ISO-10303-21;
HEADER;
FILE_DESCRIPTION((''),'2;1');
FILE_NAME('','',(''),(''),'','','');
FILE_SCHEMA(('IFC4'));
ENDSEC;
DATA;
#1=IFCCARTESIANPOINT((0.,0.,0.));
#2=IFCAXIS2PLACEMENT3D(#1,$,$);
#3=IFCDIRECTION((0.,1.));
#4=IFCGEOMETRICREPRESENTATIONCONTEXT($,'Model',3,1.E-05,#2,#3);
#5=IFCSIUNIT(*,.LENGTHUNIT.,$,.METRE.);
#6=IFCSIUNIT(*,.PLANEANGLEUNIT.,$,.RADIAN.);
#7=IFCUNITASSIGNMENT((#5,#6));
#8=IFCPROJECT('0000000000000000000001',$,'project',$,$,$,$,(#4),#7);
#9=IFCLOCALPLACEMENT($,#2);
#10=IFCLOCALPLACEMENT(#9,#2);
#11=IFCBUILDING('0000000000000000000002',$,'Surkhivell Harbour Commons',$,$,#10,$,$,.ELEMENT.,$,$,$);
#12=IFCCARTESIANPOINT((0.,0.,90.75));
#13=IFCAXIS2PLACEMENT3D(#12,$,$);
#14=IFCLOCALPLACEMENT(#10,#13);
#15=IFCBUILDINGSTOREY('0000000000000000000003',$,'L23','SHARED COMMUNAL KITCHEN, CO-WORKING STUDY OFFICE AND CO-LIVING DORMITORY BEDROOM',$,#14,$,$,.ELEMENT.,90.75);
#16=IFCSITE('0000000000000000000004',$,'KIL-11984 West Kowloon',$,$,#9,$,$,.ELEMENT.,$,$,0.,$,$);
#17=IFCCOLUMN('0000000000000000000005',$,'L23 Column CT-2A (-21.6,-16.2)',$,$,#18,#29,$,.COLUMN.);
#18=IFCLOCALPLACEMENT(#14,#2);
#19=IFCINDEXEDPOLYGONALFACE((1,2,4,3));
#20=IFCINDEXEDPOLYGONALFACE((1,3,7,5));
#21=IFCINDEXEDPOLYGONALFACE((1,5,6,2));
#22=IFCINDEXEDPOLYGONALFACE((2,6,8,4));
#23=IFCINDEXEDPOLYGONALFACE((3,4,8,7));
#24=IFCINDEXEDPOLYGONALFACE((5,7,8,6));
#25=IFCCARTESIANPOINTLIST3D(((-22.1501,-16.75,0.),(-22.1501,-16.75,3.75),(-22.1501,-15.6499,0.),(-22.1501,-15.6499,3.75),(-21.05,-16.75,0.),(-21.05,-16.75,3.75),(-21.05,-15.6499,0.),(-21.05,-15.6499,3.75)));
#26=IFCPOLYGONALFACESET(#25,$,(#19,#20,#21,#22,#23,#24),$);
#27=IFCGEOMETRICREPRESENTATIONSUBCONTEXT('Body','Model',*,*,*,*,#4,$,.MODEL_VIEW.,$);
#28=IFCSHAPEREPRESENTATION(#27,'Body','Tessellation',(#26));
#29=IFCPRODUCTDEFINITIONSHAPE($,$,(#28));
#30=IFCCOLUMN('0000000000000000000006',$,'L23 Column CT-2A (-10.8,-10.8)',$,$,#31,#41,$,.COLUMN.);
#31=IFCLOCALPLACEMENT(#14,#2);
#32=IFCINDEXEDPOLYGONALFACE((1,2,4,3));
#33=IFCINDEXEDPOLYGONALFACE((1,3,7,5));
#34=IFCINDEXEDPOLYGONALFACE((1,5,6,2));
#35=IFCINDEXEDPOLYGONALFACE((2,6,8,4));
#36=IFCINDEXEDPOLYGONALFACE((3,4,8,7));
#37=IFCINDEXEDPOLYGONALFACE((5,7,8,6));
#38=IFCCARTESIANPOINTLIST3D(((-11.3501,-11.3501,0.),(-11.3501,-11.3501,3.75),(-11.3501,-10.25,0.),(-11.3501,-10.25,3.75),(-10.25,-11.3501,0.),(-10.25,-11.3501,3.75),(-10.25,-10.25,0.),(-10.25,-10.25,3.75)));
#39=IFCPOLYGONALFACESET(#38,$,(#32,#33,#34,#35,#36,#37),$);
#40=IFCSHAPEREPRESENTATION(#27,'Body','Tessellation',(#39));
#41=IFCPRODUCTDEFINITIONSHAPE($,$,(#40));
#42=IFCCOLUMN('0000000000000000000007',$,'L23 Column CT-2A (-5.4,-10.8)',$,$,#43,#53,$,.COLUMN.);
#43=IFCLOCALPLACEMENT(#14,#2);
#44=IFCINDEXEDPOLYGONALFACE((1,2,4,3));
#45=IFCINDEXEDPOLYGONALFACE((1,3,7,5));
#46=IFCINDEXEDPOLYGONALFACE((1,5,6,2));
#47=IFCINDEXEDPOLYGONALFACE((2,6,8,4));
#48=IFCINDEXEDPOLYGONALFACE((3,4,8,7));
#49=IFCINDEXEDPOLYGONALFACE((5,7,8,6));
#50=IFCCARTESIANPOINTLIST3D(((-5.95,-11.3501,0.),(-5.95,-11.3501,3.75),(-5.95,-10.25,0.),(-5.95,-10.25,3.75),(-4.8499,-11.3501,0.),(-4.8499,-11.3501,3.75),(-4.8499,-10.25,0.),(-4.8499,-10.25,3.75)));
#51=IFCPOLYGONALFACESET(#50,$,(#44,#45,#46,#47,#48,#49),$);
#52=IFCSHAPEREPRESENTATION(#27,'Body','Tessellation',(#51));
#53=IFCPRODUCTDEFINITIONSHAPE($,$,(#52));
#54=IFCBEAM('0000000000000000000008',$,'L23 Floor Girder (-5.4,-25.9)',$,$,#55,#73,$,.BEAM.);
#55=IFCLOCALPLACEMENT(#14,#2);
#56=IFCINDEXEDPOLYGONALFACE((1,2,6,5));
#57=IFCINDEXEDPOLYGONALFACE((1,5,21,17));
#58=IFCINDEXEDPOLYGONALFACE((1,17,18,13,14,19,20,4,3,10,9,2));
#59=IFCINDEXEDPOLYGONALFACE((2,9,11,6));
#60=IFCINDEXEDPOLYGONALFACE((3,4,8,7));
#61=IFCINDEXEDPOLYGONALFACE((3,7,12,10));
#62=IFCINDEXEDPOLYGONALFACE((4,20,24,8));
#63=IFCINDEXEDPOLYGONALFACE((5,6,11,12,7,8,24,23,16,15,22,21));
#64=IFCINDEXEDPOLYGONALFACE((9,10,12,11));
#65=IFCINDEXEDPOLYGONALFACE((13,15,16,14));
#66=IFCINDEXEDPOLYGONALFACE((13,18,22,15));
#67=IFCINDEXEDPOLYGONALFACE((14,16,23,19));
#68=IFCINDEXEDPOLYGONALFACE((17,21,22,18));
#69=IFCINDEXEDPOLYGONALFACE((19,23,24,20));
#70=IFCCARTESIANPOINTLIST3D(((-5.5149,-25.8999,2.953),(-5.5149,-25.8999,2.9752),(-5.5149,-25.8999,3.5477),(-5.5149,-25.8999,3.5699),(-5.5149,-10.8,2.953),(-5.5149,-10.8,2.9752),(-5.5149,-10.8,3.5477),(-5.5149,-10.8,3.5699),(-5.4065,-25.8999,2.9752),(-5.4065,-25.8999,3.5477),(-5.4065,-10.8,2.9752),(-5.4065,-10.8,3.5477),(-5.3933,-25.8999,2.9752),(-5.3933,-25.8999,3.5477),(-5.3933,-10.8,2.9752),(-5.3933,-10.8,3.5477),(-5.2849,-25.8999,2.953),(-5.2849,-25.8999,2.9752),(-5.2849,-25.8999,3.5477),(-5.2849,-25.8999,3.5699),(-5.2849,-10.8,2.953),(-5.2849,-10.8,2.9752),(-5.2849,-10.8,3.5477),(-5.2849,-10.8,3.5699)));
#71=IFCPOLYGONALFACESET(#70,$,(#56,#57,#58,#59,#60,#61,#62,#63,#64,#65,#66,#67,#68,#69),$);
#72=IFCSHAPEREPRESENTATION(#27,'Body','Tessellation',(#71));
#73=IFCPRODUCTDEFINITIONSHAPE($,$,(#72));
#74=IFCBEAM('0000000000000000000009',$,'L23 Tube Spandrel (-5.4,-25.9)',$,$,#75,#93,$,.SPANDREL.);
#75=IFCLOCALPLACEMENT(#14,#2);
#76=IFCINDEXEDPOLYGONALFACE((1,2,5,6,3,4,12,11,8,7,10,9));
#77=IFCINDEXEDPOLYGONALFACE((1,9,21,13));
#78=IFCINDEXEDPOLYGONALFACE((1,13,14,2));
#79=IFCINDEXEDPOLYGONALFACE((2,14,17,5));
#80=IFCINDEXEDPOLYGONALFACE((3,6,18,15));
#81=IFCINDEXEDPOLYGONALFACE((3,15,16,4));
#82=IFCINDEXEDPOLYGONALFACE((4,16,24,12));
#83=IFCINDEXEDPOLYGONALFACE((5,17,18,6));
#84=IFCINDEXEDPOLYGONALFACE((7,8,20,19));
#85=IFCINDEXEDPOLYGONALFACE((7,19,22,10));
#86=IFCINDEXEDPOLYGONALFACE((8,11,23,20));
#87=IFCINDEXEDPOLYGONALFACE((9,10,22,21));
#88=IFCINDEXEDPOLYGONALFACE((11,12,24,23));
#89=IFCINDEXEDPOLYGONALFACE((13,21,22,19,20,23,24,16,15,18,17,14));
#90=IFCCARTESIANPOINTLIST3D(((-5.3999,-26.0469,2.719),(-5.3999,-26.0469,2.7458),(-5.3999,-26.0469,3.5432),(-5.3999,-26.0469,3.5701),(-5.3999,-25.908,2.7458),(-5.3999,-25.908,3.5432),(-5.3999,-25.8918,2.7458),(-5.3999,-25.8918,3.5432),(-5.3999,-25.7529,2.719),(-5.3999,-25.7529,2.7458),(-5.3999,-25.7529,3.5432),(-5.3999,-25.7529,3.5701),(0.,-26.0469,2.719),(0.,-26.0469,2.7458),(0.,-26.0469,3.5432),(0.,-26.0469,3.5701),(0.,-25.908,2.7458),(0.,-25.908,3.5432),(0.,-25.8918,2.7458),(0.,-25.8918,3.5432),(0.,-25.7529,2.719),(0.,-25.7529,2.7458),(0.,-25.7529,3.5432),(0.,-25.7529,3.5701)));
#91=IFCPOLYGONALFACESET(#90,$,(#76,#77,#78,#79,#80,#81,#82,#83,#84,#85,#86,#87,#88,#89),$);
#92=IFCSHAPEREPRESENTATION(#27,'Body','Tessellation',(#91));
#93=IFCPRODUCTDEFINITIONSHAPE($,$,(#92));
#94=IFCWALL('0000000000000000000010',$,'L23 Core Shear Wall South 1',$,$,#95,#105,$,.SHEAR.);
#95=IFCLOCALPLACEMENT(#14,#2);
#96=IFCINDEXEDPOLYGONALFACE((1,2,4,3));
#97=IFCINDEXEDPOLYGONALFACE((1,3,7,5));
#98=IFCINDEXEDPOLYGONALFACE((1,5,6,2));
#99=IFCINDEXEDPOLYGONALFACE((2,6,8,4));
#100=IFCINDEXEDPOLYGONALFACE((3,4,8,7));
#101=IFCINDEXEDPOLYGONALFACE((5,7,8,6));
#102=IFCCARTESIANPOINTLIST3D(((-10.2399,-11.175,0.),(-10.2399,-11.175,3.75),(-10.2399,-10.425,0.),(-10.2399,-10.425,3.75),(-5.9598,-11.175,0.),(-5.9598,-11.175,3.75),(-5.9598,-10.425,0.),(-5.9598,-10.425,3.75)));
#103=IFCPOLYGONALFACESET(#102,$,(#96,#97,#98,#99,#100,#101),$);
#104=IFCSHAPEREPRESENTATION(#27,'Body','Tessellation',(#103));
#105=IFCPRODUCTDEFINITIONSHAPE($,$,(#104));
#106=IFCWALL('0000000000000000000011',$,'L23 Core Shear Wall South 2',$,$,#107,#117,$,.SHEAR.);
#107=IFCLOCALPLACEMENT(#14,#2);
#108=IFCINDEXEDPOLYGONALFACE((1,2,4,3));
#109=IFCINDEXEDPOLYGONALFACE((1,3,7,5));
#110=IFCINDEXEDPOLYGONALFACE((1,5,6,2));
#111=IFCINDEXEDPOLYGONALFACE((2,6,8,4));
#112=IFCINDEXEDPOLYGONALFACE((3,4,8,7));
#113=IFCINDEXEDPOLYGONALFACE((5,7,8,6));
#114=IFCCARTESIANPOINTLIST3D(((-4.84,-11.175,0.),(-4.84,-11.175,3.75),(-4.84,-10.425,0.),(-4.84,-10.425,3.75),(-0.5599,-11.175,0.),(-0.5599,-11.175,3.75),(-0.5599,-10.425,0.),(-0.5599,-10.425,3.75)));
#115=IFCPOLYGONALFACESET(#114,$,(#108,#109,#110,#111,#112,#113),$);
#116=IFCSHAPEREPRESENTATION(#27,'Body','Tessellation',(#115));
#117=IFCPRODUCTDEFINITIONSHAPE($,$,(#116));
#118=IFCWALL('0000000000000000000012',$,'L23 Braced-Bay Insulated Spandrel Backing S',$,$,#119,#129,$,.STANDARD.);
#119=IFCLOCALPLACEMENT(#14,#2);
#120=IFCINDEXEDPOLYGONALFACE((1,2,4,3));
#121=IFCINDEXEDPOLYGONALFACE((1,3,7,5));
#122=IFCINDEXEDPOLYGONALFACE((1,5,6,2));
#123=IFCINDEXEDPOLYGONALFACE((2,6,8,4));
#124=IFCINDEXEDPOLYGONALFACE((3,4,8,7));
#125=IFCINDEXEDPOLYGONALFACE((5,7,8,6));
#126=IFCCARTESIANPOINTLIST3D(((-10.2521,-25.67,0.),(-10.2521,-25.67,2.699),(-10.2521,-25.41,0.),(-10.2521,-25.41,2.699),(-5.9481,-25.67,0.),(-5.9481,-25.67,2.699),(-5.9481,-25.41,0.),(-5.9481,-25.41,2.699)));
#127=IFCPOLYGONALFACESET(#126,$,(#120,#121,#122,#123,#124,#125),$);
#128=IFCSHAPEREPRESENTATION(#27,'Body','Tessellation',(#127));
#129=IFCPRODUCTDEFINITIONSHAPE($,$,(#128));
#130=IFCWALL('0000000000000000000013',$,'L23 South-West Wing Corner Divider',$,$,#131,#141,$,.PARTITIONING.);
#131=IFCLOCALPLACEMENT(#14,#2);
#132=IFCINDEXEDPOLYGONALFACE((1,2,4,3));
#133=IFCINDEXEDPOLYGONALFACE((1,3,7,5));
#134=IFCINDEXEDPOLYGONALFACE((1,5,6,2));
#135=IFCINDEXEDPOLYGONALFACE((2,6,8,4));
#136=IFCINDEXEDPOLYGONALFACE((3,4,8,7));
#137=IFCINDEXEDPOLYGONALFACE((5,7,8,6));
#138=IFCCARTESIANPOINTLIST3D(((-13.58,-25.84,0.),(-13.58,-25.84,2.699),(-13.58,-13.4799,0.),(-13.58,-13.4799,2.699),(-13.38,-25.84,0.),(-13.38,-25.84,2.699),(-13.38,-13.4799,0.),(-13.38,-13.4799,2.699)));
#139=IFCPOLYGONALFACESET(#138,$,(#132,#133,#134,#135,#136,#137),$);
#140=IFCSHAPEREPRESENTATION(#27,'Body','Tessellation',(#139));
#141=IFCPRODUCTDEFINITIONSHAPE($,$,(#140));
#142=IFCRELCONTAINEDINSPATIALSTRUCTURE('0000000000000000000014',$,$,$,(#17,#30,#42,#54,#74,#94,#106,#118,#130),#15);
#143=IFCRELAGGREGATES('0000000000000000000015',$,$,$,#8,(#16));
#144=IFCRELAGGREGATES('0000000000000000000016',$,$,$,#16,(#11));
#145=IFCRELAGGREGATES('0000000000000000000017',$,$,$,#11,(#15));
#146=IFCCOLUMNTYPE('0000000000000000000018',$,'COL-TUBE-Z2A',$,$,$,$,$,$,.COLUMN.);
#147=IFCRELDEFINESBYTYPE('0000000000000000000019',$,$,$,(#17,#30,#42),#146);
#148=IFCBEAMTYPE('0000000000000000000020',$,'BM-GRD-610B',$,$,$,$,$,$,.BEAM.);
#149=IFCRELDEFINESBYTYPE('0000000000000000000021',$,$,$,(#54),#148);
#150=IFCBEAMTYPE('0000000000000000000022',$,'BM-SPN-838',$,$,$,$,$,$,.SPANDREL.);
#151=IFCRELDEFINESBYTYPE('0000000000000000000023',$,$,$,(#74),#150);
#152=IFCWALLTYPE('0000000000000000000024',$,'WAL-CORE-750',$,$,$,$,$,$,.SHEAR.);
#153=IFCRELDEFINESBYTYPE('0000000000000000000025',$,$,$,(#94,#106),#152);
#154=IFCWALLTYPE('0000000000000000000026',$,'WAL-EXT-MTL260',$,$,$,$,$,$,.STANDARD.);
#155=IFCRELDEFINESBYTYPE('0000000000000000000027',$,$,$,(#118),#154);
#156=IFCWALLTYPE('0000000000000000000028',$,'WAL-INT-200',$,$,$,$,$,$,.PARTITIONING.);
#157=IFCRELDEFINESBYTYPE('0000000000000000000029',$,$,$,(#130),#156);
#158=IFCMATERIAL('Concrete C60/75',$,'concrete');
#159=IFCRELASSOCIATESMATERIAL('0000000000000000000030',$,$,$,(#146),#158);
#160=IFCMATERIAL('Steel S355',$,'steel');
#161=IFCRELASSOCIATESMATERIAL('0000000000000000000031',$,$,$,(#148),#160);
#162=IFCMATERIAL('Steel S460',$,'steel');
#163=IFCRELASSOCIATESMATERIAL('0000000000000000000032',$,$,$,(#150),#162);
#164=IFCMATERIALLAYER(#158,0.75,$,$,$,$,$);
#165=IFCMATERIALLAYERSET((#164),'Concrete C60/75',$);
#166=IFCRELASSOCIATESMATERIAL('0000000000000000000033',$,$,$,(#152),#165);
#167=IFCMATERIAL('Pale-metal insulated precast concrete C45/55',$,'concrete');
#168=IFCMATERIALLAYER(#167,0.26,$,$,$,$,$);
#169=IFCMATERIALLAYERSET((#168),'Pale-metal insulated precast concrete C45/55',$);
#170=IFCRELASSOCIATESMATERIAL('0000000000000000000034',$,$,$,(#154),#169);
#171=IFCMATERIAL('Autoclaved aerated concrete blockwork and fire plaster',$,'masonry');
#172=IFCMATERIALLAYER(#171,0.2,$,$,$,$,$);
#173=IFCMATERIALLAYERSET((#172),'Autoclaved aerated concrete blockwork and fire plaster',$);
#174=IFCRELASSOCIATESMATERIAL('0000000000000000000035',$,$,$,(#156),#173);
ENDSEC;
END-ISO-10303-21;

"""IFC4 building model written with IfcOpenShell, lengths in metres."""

from ifc_helpers import new_model, si_unit, direction, frame, frame_2d, origin, origin_2d, place, context, subcontext, project, spatial, rectangle, i_section, extrude, material, layer, layer_set, material_profile, profile_set, type_object, element, save


model = new_model("IFC4")

# Units and contexts
model_context = context("Model", 3, precision=1e-05, world=origin(), true_north=direction((0.0, 1.0)))
body_context = subcontext(model_context, "Body", "Model", "MODEL_VIEW")
ifc_project = project(units=[si_unit("LENGTHUNIT", "METRE"), si_unit("PLANEANGLEUNIT", "RADIAN")], contexts=[model_context])

# Site, building, storey
site_placement = place(None, origin())
site = spatial("IfcSite", under=ifc_project, at=site_placement, Name="KIL-11984 West Kowloon", CompositionType="ELEMENT", RefElevation=0.0)
building_placement = place(site_placement, origin())
building = spatial("IfcBuilding", under=site, at=building_placement, Name="Surkhivell Harbour Commons", CompositionType="ELEMENT")
storey_placement = place(building_placement, frame((0.0, 0.0, 90.75)))
storey = spatial("IfcBuildingStorey", under=building, at=storey_placement, Name="L23", Description="SHARED COMMUNAL KITCHEN, CO-WORKING STUDY OFFICE AND CO-LIVING DORMITORY BEDROOM", CompositionType="ELEMENT", Elevation=90.75)

# Columns
ifc_material_1 = material(Name="Concrete C60/75", Category="concrete")
ifc_material_profile_1 = material_profile(ifc_material_1, rectangle(XDim=1.1001, YDim=1.1001, at=origin_2d()), Name="RC-COL-1100x1100")
ifc_profile_set_1 = profile_set([ifc_material_profile_1], Name="Concrete C60/75")
column_type = type_object("IfcColumnType", Name="COL-TUBE-Z2A", PredefinedType="COLUMN", material=ifc_profile_set_1)
for number, where, z_axis, x_axis, name in (
    (1, (-21.6001, -16.2, 0.0), (0.0, 0.0, 1.0), (1.0, 0.0, 0.0), "L23 Column CT-2A (-21.6,-16.2)"),
    (2, (-10.8, -10.8, 0.0), (0.0, 0.0, 1.0), (1.0, 0.0, 0.0), "L23 Column CT-2A (-10.8,-10.8)"),
    (3, (-5.3999, -10.8, 0.0), (0.0, 0.0, 1.0), (1.0, 0.0, 0.0), "L23 Column CT-2A (-5.4,-10.8)"),
):
    element("IfcColumn", number, at=place(storey_placement, frame(where, z_axis=z_axis, x_axis=x_axis)), inside=storey, type_object=column_type, Name=name, PredefinedType="COLUMN", context=body_context, shape_type="SweptSolid", body=[
        extrude(rectangle(XDim=1.1001, YDim=1.1001, at=origin_2d()), origin(), (0.0, 0.0, 1.0), 3.75),
    ])

# Beams
ifc_material_2 = material(Name="Steel S355", Category="steel")
ifc_material_profile_2 = material_profile(ifc_material_2, i_section(OverallWidth=0.23, OverallDepth=0.6169, WebThickness=0.0132, FlangeThickness=0.0222, at=origin_2d()), Name="UB610x229x140")
ifc_profile_set_2 = profile_set([ifc_material_profile_2], Name="Steel S355")
beam_type_1 = type_object("IfcBeamType", Name="BM-GRD-610B", PredefinedType="BEAM", material=ifc_profile_set_2)
beam_1_placement = place(storey_placement, frame((-5.3999, -25.8999, 3.2615), z_axis=(0.0, 1.0, 0.0), x_axis=(-1.0, 0.0, 0.0)))
element("IfcBeam", 4, at=beam_1_placement, inside=storey, type_object=beam_type_1, Name="L23 Floor Girder (-5.4,-25.9)", PredefinedType="BEAM", context=body_context, shape_type="SweptSolid", body=[
    extrude(i_section(OverallWidth=0.23, OverallDepth=0.6169, WebThickness=0.0132, FlangeThickness=0.0222, at=origin_2d()), origin(), (0.0, 0.0, 1.0), 15.0999),
])
ifc_material_3 = material(Name="Steel S460", Category="steel")
ifc_material_profile_3 = material_profile(ifc_material_3, i_section(OverallWidth=0.2939, OverallDepth=0.8511, WebThickness=0.0161, FlangeThickness=0.0269, at=origin_2d()), Name="UB838x292x226")
ifc_profile_set_3 = profile_set([ifc_material_profile_3], Name="Steel S460")
beam_type_2 = type_object("IfcBeamType", Name="BM-SPN-838", PredefinedType="SPANDREL", material=ifc_profile_set_3)
beam_2_placement = place(storey_placement, frame((-5.3999, -25.8999, 3.1445), z_axis=(1.0, 0.0, 0.0), x_axis=(0.0, 1.0, 0.0)))
element("IfcBeam", 5, at=beam_2_placement, inside=storey, type_object=beam_type_2, Name="L23 Tube Spandrel (-5.4,-25.9)", PredefinedType="SPANDREL", context=body_context, shape_type="SweptSolid", body=[
    extrude(i_section(OverallWidth=0.2939, OverallDepth=0.8511, WebThickness=0.0161, FlangeThickness=0.0269, at=origin_2d()), origin(), (0.0, 0.0, 1.0), 5.3999),
])

# Walls
ifc_layer_1 = layer(ifc_material_1, 0.75)
ifc_layer_set_1 = layer_set([ifc_layer_1], Name="Concrete C60/75")
wall_type_1 = type_object("IfcWallType", Name="WAL-CORE-750", PredefinedType="SHEAR", material=ifc_layer_set_1)
for number, where, z_axis, x_axis, name in (
    (6, (-10.24, -10.8, 0.0), (0.0, 0.0, 1.0), (1.0, 0.0, 0.0), "L23 Core Shear Wall South 1"),
    (7, (-4.8401, -10.8, 0.0), (0.0, 0.0, 1.0), (1.0, 0.0, 0.0), "L23 Core Shear Wall South 2"),
):
    element("IfcWall", number, at=place(storey_placement, frame(where, z_axis=z_axis, x_axis=x_axis)), inside=storey, type_object=wall_type_1, Name=name, PredefinedType="SHEAR", context=body_context, shape_type="SweptSolid", body=[
        extrude(rectangle(XDim=4.28, YDim=0.75, at=frame_2d((2.1401, 0.0))), origin(), (0.0, 0.0, 1.0), 3.75),
    ])
ifc_material_4 = material(Name="Pale-metal insulated precast concrete C45/55", Category="concrete")
ifc_layer_2 = layer(ifc_material_4, 0.26)
ifc_layer_set_2 = layer_set([ifc_layer_2], Name="Pale-metal insulated precast concrete C45/55")
wall_type_2 = type_object("IfcWallType", Name="WAL-EXT-MTL260", PredefinedType="STANDARD", material=ifc_layer_set_2)
wall_1_placement = place(storey_placement, frame((-10.252, -25.54, 0.0), z_axis=(0.0, 0.0, 1.0), x_axis=(1.0, 0.0, 0.0)))
element("IfcWall", 8, at=wall_1_placement, inside=storey, type_object=wall_type_2, Name="L23 Braced-Bay Insulated Spandrel Backing S", PredefinedType="STANDARD", context=body_context, shape_type="SweptSolid", body=[
    extrude(rectangle(XDim=4.304, YDim=0.26, at=frame_2d((2.1519, 0.0))), origin(), (0.0, 0.0, 1.0), 2.699),
])
ifc_material_5 = material(Name="Autoclaved aerated concrete blockwork and fire plaster", Category="masonry")
ifc_layer_3 = layer(ifc_material_5, 0.2)
ifc_layer_set_3 = layer_set([ifc_layer_3], Name="Autoclaved aerated concrete blockwork and fire plaster")
wall_type_3 = type_object("IfcWallType", Name="WAL-INT-200", PredefinedType="PARTITIONING", material=ifc_layer_set_3)
wall_2_placement = place(storey_placement, frame((-13.48, -25.8401, 0.0), z_axis=(0.0, 0.0, 1.0), x_axis=(0.0, 1.0, 0.0)))
element("IfcWall", 9, at=wall_2_placement, inside=storey, type_object=wall_type_3, Name="L23 South-West Wing Corner Divider", PredefinedType="PARTITIONING", context=body_context, shape_type="SweptSolid", body=[
    extrude(rectangle(XDim=12.3601, YDim=0.2, at=frame_2d((6.1802, 0.0))), origin(), (0.0, 0.0, 1.0), 2.699),
])

save(model, "model.ifc")
